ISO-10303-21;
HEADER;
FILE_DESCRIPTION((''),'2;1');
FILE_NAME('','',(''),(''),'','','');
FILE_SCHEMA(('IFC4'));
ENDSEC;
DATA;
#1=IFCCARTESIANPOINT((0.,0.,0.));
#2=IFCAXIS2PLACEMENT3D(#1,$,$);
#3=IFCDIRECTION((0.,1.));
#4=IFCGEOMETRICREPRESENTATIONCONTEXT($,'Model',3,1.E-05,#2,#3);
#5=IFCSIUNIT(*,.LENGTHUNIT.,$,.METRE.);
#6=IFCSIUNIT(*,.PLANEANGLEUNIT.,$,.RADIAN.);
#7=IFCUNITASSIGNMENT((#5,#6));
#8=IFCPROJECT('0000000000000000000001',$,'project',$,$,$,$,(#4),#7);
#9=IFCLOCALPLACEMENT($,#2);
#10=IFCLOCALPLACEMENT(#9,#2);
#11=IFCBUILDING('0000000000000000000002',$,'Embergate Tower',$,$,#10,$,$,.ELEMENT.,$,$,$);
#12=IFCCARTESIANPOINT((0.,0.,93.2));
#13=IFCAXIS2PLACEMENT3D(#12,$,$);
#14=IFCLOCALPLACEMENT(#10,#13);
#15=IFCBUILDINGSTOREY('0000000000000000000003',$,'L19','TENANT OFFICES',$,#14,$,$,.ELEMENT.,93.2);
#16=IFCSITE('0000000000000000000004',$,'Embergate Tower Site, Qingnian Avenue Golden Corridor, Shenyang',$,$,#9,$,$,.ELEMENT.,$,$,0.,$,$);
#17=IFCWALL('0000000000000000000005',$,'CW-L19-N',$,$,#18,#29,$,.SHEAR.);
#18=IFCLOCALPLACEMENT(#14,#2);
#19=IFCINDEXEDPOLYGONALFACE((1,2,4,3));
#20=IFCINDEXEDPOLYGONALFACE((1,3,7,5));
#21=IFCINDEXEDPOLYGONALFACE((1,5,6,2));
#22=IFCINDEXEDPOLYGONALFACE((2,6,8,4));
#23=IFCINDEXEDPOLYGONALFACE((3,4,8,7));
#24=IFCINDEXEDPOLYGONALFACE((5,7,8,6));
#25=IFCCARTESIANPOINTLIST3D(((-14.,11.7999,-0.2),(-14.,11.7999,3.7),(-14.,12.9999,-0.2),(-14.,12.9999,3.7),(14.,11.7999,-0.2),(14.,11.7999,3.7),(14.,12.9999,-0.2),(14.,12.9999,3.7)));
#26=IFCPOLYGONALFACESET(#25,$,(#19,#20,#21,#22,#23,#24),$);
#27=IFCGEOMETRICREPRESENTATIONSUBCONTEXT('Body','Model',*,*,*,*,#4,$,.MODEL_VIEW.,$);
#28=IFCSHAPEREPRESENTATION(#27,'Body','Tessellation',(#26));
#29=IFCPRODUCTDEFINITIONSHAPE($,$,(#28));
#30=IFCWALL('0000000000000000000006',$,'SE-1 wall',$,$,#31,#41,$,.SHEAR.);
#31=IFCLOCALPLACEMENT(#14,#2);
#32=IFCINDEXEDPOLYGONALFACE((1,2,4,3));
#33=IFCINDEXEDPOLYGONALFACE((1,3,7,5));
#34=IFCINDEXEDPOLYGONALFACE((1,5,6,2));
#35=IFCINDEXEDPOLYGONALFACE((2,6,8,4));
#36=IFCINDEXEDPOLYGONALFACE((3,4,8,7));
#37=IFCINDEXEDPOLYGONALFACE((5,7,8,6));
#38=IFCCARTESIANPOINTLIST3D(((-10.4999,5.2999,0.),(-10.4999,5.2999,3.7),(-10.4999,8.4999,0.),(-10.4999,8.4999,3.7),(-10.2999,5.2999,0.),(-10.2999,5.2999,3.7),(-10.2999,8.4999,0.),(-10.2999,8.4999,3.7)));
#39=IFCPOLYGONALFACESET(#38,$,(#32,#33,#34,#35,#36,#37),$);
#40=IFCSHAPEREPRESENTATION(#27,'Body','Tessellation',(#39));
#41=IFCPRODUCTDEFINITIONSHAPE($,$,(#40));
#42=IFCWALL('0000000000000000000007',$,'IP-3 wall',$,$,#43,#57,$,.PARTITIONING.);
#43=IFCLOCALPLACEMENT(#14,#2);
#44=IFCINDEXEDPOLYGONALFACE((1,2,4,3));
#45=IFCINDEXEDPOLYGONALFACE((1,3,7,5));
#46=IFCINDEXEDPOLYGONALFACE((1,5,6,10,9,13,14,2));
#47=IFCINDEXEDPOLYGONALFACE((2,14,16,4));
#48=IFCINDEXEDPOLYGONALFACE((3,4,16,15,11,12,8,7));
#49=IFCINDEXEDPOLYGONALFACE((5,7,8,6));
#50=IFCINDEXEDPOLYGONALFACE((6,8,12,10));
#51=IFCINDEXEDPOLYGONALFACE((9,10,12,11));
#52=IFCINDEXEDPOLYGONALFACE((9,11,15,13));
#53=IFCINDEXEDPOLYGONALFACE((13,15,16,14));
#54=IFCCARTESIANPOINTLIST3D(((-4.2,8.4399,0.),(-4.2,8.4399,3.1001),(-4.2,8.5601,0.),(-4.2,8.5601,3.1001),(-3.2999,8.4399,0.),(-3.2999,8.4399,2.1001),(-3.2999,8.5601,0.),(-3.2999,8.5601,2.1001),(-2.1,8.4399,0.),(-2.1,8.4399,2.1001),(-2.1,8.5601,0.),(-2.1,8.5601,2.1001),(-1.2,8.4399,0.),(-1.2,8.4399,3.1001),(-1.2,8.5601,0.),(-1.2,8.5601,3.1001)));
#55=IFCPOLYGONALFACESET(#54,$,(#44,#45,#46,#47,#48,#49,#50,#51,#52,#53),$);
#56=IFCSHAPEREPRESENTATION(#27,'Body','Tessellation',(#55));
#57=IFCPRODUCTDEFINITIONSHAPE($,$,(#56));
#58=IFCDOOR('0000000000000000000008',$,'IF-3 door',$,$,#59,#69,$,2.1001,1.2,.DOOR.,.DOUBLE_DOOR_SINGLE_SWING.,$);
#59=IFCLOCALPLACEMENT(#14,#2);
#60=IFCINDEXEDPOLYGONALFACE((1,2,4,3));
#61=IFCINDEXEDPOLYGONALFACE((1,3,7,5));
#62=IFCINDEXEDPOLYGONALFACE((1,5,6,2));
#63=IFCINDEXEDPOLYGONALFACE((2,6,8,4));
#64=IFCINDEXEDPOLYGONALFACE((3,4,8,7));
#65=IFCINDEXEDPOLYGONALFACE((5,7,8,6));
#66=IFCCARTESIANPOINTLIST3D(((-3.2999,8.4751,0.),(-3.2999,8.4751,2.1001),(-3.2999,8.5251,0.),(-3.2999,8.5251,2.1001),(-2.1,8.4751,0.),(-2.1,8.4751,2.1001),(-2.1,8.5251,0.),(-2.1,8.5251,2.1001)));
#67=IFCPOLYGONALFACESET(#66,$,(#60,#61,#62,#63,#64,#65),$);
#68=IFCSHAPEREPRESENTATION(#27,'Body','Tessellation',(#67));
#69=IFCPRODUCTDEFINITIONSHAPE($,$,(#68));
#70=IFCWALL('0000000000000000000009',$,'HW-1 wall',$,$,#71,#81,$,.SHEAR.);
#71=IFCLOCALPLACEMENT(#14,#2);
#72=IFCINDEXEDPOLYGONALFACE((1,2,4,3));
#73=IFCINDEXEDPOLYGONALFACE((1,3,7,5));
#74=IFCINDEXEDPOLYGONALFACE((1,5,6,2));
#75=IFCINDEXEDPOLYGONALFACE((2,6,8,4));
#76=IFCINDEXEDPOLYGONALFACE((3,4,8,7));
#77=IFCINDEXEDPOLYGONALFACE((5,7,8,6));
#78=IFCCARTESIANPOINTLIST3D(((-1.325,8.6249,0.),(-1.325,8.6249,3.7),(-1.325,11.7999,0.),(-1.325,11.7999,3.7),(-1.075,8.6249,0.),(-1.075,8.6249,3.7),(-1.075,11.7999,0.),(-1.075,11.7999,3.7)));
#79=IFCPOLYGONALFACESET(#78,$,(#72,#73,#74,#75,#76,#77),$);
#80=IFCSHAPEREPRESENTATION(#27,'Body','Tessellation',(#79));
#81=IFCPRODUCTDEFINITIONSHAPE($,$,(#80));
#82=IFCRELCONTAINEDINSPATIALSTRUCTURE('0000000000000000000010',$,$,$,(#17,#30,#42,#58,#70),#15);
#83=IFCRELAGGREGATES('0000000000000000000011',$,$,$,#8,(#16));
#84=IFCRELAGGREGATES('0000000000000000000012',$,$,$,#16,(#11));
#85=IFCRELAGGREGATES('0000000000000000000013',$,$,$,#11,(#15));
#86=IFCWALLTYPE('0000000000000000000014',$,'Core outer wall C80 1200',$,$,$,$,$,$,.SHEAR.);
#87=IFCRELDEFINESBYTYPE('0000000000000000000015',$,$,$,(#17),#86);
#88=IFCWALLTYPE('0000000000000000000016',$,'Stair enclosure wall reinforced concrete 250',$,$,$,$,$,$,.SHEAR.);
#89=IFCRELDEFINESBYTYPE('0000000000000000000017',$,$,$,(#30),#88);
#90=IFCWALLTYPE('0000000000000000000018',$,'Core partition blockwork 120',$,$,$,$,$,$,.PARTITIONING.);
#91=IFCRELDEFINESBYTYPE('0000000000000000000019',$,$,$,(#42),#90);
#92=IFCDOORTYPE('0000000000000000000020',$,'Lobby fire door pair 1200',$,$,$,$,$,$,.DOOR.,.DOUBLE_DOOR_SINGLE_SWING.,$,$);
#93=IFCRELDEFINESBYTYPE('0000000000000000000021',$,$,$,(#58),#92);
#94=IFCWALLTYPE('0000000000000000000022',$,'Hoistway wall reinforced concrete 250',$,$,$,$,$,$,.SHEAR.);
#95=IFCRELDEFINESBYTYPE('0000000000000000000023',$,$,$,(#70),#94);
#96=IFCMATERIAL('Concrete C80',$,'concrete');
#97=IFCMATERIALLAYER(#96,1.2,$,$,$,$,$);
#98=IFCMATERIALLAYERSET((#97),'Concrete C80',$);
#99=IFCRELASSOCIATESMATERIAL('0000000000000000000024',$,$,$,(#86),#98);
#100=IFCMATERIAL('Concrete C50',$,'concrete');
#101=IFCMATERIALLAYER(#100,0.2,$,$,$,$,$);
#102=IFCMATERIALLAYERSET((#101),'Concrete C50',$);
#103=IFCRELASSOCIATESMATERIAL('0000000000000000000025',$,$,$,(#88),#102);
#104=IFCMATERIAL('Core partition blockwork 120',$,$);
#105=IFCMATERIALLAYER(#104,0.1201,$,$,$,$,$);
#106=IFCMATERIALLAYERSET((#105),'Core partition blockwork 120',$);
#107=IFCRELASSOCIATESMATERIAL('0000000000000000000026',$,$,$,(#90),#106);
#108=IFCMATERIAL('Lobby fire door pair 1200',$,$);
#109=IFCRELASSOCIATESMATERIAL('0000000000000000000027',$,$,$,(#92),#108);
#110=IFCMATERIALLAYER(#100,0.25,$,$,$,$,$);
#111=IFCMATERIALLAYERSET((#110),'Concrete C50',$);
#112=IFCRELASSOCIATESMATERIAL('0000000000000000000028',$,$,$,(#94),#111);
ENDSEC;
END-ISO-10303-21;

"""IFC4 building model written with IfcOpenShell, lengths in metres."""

from ifc_helpers import new_model, si_unit, direction, frame, frame_2d, origin, place, context, subcontext, project, spatial, rectangle, extrude, source, transform, mapped, material, layer, layer_set, type_object, element, fill, save


model = new_model("IFC4")

# Units and contexts
model_context = context("Model", 3, precision=1e-05, world=origin(), true_north=direction((0.0, 1.0)))
body_context = subcontext(model_context, "Body", "Model", "MODEL_VIEW")
ifc_project = project(units=[si_unit("LENGTHUNIT", "METRE"), si_unit("PLANEANGLEUNIT", "RADIAN")], contexts=[model_context])

# Site, building, storey
site_placement = place(None, origin())
site = spatial("IfcSite", under=ifc_project, at=site_placement, Name="Embergate Tower Site, Qingnian Avenue Golden Corridor, Shenyang", CompositionType="ELEMENT", RefElevation=0.0)
building_placement = place(site_placement, origin())
building = spatial("IfcBuilding", under=site, at=building_placement, Name="Embergate Tower", CompositionType="ELEMENT")
storey_placement = place(building_placement, frame((0.0, 0.0, 93.2)))
storey = spatial("IfcBuildingStorey", under=building, at=storey_placement, Name="L19", Description="TENANT OFFICES", CompositionType="ELEMENT", Elevation=93.2)

# Walls
ifc_material_1 = material(Name="Concrete C80", Category="concrete")
ifc_layer_1 = layer(ifc_material_1, 1.2)
ifc_layer_set_1 = layer_set([ifc_layer_1], Name="Concrete C80")
wall_type_1 = type_object("IfcWallType", Name="Core outer wall C80 1200", PredefinedType="SHEAR", material=ifc_layer_set_1)
shared_shape_1 = source(origin(), body_context, "Body", "SweptSolid", [
    extrude(rectangle(XDim=28.0, YDim=1.2, at=frame_2d((14.0, 0.0))), origin(), (0.0, 0.0, 1.0), 3.8999),
])
wall_1_placement = place(storey_placement, frame((-14.0, 12.3999, -0.2), z_axis=(0.0, 0.0, 1.0), x_axis=(1.0, 0.0, 0.0)))
element("IfcWall", 1, at=wall_1_placement, inside=storey, type_object=wall_type_1, Name="CW-L19-N", PredefinedType="SHEAR", context=body_context, shape_type="MappedRepresentation", body=[
    mapped(shared_shape_1, transform((0.0, 0.0, 0.0))),
])
ifc_material_2 = material(Name="Concrete C50", Category="concrete")
ifc_layer_2 = layer(ifc_material_2, 0.2)
ifc_layer_set_2 = layer_set([ifc_layer_2], Name="Concrete C50")
wall_type_2 = type_object("IfcWallType", Name="Stair enclosure wall reinforced concrete 250", PredefinedType="SHEAR", material=ifc_layer_set_2)
shared_shape_2 = source(origin(), body_context, "Body", "SweptSolid", [
    extrude(rectangle(XDim=3.2, YDim=0.2, at=frame_2d((1.6001, 0.0))), origin(), (0.0, 0.0, 1.0), 3.7),
])
wall_2_placement = place(storey_placement, frame((-10.3999, 8.5, 0.0), z_axis=(0.0, 0.0, 1.0), x_axis=(0.0, -1.0, 0.0)))
element("IfcWall", 2, at=wall_2_placement, inside=storey, type_object=wall_type_2, Name="SE-1 wall", PredefinedType="SHEAR", context=body_context, shape_type="MappedRepresentation", body=[
    mapped(shared_shape_2, transform((0.0, 0.0, 0.0))),
])

# Wall, opening, door
ifc_material_3 = material(Name="Core partition blockwork 120")
ifc_layer_3 = layer(ifc_material_3, 0.1201)
ifc_layer_set_3 = layer_set([ifc_layer_3], Name="Core partition blockwork 120")
wall_type_3 = type_object("IfcWallType", Name="Core partition blockwork 120", PredefinedType="PARTITIONING", material=ifc_layer_set_3)
shared_shape_3 = source(origin(), body_context, "Body", "SweptSolid", [
    extrude(rectangle(XDim=3.0, YDim=0.1201, at=frame_2d((1.5, 0.0))), origin(), (0.0, 0.0, 1.0), 3.1001),
])
wall_3_placement = place(storey_placement, frame((-1.2, 8.5, 0.0), z_axis=(0.0, 0.0, 1.0), x_axis=(-1.0, 0.0, 0.0)))
wall_3 = element("IfcWall", 3, at=wall_3_placement, inside=storey, type_object=wall_type_3, Name="IP-3 wall", PredefinedType="PARTITIONING", context=body_context, shape_type="MappedRepresentation", body=[
    mapped(shared_shape_3, transform((0.0, 0.0, 0.0))),
])
shared_shape_4 = source(origin(), body_context, "Body", "SweptSolid", [
    extrude(rectangle(XDim=1.2, YDim=2.1001, at=frame_2d((0.6001, 1.05))), frame((0.0, 0.0701, 0.0), z_axis=(0.0, -1.0, 0.0), x_axis=(1.0, 0.0, 0.0)), (0.0, 0.0, 1.0), 0.1401),
])
opening_1_placement = place(wall_3_placement, frame((0.8999, 0.0, 0.0)))
opening_1 = element("IfcOpeningElement", 4, at=opening_1_placement, cuts=wall_3, PredefinedType="OPENING", context=body_context, shape_type="MappedRepresentation", body=[
    mapped(shared_shape_4, transform((0.0, 0.0, 0.0))),
])
ifc_material_4 = material(Name="Lobby fire door pair 1200")
door_type_1 = type_object("IfcDoorType", Name="Lobby fire door pair 1200", OperationType="DOUBLE_DOOR_SINGLE_SWING", PredefinedType="DOOR", material=ifc_material_4)
shared_shape_5 = source(origin(), body_context, "Body", "SweptSolid", [
    extrude(rectangle(XDim=1.2, YDim=2.1001, at=frame_2d((0.6001, 1.05))), frame((0.0, 0.0249, 0.0), z_axis=(0.0, -1.0, 0.0), x_axis=(1.0, 0.0, 0.0)), (0.0, 0.0, 1.0), 0.05),
])
door_1_placement = place(opening_1_placement, origin())
door_1 = element("IfcDoor", 5, at=door_1_placement, inside=storey, type_object=door_type_1, Name="IF-3 door", OperationType="DOUBLE_DOOR_SINGLE_SWING", OverallHeight=2.1001, OverallWidth=1.2, PredefinedType="DOOR", context=body_context, shape_type="MappedRepresentation", body=[
    mapped(shared_shape_5, transform((0.0, 0.0, 0.0))),
])
fill(opening_1, door_1)

# Wall
ifc_layer_4 = layer(ifc_material_2, 0.25)
ifc_layer_set_4 = layer_set([ifc_layer_4], Name="Concrete C50")
wall_type_4 = type_object("IfcWallType", Name="Hoistway wall reinforced concrete 250", PredefinedType="SHEAR", material=ifc_layer_set_4)
shared_shape_6 = source(origin(), body_context, "Body", "SweptSolid", [
    extrude(rectangle(XDim=3.175, YDim=0.25, at=frame_2d((1.5874, 0.0))), origin(), (0.0, 0.0, 1.0), 3.7),
])
wall_4_placement = place(storey_placement, frame((-1.2, 8.625, 0.0), z_axis=(0.0, 0.0, 1.0), x_axis=(0.0, 1.0, 0.0)))
element("IfcWall", 6, at=wall_4_placement, inside=storey, type_object=wall_type_4, Name="HW-1 wall", PredefinedType="SHEAR", context=body_context, shape_type="MappedRepresentation", body=[
    mapped(shared_shape_6, transform((0.0, 0.0, 0.0))),
])

save(model, "model.ifc")
